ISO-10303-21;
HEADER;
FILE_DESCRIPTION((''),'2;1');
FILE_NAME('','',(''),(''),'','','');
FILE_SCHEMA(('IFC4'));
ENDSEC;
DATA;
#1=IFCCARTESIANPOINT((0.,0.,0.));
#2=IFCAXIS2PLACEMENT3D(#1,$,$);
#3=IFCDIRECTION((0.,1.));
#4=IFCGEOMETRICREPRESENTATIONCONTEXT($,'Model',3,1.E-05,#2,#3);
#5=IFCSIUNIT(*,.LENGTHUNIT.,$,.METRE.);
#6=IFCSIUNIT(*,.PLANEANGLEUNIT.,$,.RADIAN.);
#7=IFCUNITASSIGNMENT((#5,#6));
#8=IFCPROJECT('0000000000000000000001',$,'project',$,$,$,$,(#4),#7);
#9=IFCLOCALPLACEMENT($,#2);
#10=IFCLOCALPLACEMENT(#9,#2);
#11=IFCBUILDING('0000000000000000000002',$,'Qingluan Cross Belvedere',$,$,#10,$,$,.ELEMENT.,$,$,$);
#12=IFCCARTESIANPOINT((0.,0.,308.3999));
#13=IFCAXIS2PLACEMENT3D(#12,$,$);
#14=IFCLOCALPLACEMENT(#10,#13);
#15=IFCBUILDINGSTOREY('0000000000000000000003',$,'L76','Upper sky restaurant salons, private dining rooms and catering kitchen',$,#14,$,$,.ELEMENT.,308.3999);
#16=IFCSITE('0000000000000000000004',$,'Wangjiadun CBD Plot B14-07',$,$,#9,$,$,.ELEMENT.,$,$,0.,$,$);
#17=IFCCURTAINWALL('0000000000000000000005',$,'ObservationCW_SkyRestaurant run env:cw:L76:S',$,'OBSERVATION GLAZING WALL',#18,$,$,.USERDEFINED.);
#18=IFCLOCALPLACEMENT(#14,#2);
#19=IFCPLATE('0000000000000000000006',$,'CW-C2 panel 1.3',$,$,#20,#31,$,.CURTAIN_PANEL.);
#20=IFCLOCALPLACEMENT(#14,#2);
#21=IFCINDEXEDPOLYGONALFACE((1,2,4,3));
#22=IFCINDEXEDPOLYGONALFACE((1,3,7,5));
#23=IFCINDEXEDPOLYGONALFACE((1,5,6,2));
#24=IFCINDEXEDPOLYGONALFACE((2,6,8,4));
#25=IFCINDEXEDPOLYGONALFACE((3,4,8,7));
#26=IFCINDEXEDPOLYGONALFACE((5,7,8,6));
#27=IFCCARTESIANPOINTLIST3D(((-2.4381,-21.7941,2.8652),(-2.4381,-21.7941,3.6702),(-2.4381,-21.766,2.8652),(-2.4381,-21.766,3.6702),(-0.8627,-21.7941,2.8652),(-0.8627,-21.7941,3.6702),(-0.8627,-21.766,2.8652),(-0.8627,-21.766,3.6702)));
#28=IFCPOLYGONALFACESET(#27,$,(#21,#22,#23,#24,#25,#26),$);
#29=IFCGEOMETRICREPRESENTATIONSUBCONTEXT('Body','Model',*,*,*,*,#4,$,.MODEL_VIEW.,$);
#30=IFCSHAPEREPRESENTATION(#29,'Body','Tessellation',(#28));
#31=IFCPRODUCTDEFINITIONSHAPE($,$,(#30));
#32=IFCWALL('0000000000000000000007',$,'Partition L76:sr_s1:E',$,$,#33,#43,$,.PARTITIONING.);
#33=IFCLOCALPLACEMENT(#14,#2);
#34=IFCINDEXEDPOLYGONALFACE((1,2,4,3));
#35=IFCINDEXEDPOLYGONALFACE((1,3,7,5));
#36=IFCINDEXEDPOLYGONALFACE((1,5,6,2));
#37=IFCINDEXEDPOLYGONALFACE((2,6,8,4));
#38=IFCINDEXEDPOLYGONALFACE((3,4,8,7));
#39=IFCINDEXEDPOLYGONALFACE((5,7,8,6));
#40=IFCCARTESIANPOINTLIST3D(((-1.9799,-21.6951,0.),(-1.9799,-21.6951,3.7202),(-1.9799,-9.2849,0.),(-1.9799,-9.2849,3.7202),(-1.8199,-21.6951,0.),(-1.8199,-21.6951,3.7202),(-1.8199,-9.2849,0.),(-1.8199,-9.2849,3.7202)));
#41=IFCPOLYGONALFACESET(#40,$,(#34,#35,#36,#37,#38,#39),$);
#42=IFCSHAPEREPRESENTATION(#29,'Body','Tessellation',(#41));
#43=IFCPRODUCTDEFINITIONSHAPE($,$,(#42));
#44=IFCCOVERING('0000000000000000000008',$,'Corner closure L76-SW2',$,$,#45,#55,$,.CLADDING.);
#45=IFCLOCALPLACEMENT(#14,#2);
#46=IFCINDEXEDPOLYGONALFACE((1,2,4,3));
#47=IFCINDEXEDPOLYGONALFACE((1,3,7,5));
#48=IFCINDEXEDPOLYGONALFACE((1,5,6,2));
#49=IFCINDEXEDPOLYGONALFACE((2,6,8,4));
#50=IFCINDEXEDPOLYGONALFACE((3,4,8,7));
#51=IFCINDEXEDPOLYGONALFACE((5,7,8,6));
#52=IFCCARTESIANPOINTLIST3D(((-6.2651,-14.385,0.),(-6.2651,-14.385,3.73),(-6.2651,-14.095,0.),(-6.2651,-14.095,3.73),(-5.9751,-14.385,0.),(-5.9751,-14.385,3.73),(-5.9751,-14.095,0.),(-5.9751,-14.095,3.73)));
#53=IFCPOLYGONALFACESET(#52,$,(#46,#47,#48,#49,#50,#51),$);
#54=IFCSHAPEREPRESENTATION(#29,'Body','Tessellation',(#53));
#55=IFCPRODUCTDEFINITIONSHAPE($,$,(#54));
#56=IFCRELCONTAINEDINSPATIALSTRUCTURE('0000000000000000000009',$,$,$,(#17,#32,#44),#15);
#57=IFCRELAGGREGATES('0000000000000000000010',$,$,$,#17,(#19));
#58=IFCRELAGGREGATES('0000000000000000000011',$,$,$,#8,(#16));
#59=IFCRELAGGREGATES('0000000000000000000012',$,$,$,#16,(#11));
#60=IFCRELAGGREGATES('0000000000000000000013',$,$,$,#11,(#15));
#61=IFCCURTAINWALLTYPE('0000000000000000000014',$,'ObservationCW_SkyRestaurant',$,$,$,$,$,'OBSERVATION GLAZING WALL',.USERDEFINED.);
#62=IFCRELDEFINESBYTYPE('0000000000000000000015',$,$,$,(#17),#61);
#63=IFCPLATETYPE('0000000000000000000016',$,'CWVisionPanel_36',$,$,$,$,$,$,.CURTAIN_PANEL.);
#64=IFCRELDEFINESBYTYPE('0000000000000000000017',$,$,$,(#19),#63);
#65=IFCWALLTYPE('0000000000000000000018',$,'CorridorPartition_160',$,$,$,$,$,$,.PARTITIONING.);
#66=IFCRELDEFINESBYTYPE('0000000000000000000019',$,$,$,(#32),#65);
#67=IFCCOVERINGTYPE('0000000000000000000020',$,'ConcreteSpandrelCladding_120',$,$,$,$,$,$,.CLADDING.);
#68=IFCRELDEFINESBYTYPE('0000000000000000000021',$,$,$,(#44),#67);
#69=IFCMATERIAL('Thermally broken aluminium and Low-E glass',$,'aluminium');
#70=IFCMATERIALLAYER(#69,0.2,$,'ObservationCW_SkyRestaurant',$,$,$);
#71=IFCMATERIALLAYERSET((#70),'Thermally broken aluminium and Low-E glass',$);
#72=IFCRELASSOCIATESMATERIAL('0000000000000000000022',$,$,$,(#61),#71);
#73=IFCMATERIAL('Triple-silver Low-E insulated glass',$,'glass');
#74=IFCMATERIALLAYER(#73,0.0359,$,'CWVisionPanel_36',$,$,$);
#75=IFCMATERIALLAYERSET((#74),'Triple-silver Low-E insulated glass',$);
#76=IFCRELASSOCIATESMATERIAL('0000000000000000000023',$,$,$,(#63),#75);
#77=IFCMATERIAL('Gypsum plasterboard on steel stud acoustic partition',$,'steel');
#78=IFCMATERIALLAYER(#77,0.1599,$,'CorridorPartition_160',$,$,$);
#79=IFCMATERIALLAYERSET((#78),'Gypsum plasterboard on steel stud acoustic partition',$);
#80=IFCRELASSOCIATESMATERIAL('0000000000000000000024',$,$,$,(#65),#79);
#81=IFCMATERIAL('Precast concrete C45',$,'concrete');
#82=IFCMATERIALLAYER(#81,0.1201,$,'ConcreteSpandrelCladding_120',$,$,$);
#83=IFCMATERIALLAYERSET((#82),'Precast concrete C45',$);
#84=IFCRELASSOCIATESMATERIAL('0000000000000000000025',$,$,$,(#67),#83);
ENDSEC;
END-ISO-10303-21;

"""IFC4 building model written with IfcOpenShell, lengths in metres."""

from ifc_helpers import new_model, si_unit, direction, frame, frame_2d, origin, origin_2d, place, context, subcontext, project, spatial, rectangle, extrude, material, layer, layer_set, type_object, element, aggregate, save


model = new_model("IFC4")

# Units and contexts
model_context = context("Model", 3, precision=1e-05, world=origin(), true_north=direction((0.0, 1.0)))
body_context = subcontext(model_context, "Body", "Model", "MODEL_VIEW")
ifc_project = project(units=[si_unit("LENGTHUNIT", "METRE"), si_unit("PLANEANGLEUNIT", "RADIAN")], contexts=[model_context])

# Site, building, storey
site_placement = place(None, origin())
site = spatial("IfcSite", under=ifc_project, at=site_placement, Name="Wangjiadun CBD Plot B14-07", CompositionType="ELEMENT", RefElevation=0.0)
building_placement = place(site_placement, origin())
building = spatial("IfcBuilding", under=site, at=building_placement, Name="Qingluan Cross Belvedere", CompositionType="ELEMENT")
storey_placement = place(building_placement, frame((0.0, 0.0, 308.3999)))
storey = spatial("IfcBuildingStorey", under=building, at=storey_placement, Name="L76", Description="Upper sky restaurant salons, private dining rooms and catering kitchen", CompositionType="ELEMENT", Elevation=308.3999)

# Curtain wall
ifc_material_1 = material(Name="Thermally broken aluminium and Low-E glass", Category="aluminium")
ifc_layer_1 = layer(ifc_material_1, 0.2, Name="ObservationCW_SkyRestaurant")
ifc_layer_set_1 = layer_set([ifc_layer_1], Name="Thermally broken aluminium and Low-E glass")
curtain_wall_type = type_object("IfcCurtainWallType", Name="ObservationCW_SkyRestaurant", ElementType="OBSERVATION GLAZING WALL", PredefinedType="USERDEFINED", material=ifc_layer_set_1)
curtain_wall_placement = place(storey_placement, origin())
curtain_wall = element("IfcCurtainWall", 1, at=curtain_wall_placement, inside=storey, type_object=curtain_wall_type, Name="ObservationCW_SkyRestaurant run env:cw:L76:S", ObjectType="OBSERVATION GLAZING WALL", PredefinedType="USERDEFINED")

# Plate
ifc_material_2 = material(Name="Triple-silver Low-E insulated glass", Category="glass")
ifc_layer_2 = layer(ifc_material_2, 0.0359, Name="CWVisionPanel_36")
ifc_layer_set_2 = layer_set([ifc_layer_2], Name="Triple-silver Low-E insulated glass")
plate_type = type_object("IfcPlateType", Name="CWVisionPanel_36", PredefinedType="CURTAIN_PANEL", material=ifc_layer_set_2)
plate_1_placement = place(storey_placement, frame((-1.6504, -21.78, 2.8652), z_axis=(0.0, 0.0, 1.0), x_axis=(1.0, 0.0, 0.0)))
plate_1 = element("IfcPlate", 2, at=plate_1_placement, type_object=plate_type, Name="CW-C2 panel 1.3", PredefinedType="CURTAIN_PANEL", context=body_context, shape_type="SweptSolid", body=[
    extrude(rectangle(XDim=1.5754, YDim=0.0281, at=origin_2d()), origin(), (0.0, 0.0, 1.0), 0.8049),
])
aggregate(curtain_wall, [plate_1])

# Shared definitions
ifc_material_3 = material(Name="Gypsum plasterboard on steel stud acoustic partition", Category="steel")
ifc_layer_3 = layer(ifc_material_3, 0.1599, Name="CorridorPartition_160")
ifc_layer_set_3 = layer_set([ifc_layer_3], Name="Gypsum plasterboard on steel stud acoustic partition")
wall_type = type_object("IfcWallType", Name="CorridorPartition_160", PredefinedType="PARTITIONING", material=ifc_layer_set_3)

# Wall
wall_1_placement = place(storey_placement, frame((-1.8999, -21.6951, 0.0), z_axis=(0.0, 0.0, 1.0), x_axis=(0.0, 1.0, 0.0)))
element("IfcWall", 3, at=wall_1_placement, inside=storey, type_object=wall_type, Name="Partition L76:sr_s1:E", PredefinedType="PARTITIONING", context=body_context, shape_type="SweptSolid", body=[
    extrude(rectangle(XDim=12.4102, YDim=0.1599, at=frame_2d((6.2051, 0.0))), origin(), (0.0, 0.0, 1.0), 3.7202),
])

# Covering
ifc_material_4 = material(Name="Precast concrete C45", Category="concrete")
ifc_layer_4 = layer(ifc_material_4, 0.1201, Name="ConcreteSpandrelCladding_120")
ifc_layer_set_4 = layer_set([ifc_layer_4], Name="Precast concrete C45")
covering_type = type_object("IfcCoveringType", Name="ConcreteSpandrelCladding_120", PredefinedType="CLADDING", material=ifc_layer_set_4)
covering_placement = place(storey_placement, frame((-6.1201, -14.24, 0.0), z_axis=(0.0, 0.0, 1.0), x_axis=(1.0, 0.0, 0.0)))
element("IfcCovering", 4, at=covering_placement, inside=storey, type_object=covering_type, Name="Corner closure L76-SW2", PredefinedType="CLADDING", context=body_context, shape_type="SweptSolid", body=[
    extrude(rectangle(XDim=0.29, YDim=0.29, at=origin_2d()), origin(), (0.0, 0.0, 1.0), 3.73),
])

save(model, "model.ifc")
